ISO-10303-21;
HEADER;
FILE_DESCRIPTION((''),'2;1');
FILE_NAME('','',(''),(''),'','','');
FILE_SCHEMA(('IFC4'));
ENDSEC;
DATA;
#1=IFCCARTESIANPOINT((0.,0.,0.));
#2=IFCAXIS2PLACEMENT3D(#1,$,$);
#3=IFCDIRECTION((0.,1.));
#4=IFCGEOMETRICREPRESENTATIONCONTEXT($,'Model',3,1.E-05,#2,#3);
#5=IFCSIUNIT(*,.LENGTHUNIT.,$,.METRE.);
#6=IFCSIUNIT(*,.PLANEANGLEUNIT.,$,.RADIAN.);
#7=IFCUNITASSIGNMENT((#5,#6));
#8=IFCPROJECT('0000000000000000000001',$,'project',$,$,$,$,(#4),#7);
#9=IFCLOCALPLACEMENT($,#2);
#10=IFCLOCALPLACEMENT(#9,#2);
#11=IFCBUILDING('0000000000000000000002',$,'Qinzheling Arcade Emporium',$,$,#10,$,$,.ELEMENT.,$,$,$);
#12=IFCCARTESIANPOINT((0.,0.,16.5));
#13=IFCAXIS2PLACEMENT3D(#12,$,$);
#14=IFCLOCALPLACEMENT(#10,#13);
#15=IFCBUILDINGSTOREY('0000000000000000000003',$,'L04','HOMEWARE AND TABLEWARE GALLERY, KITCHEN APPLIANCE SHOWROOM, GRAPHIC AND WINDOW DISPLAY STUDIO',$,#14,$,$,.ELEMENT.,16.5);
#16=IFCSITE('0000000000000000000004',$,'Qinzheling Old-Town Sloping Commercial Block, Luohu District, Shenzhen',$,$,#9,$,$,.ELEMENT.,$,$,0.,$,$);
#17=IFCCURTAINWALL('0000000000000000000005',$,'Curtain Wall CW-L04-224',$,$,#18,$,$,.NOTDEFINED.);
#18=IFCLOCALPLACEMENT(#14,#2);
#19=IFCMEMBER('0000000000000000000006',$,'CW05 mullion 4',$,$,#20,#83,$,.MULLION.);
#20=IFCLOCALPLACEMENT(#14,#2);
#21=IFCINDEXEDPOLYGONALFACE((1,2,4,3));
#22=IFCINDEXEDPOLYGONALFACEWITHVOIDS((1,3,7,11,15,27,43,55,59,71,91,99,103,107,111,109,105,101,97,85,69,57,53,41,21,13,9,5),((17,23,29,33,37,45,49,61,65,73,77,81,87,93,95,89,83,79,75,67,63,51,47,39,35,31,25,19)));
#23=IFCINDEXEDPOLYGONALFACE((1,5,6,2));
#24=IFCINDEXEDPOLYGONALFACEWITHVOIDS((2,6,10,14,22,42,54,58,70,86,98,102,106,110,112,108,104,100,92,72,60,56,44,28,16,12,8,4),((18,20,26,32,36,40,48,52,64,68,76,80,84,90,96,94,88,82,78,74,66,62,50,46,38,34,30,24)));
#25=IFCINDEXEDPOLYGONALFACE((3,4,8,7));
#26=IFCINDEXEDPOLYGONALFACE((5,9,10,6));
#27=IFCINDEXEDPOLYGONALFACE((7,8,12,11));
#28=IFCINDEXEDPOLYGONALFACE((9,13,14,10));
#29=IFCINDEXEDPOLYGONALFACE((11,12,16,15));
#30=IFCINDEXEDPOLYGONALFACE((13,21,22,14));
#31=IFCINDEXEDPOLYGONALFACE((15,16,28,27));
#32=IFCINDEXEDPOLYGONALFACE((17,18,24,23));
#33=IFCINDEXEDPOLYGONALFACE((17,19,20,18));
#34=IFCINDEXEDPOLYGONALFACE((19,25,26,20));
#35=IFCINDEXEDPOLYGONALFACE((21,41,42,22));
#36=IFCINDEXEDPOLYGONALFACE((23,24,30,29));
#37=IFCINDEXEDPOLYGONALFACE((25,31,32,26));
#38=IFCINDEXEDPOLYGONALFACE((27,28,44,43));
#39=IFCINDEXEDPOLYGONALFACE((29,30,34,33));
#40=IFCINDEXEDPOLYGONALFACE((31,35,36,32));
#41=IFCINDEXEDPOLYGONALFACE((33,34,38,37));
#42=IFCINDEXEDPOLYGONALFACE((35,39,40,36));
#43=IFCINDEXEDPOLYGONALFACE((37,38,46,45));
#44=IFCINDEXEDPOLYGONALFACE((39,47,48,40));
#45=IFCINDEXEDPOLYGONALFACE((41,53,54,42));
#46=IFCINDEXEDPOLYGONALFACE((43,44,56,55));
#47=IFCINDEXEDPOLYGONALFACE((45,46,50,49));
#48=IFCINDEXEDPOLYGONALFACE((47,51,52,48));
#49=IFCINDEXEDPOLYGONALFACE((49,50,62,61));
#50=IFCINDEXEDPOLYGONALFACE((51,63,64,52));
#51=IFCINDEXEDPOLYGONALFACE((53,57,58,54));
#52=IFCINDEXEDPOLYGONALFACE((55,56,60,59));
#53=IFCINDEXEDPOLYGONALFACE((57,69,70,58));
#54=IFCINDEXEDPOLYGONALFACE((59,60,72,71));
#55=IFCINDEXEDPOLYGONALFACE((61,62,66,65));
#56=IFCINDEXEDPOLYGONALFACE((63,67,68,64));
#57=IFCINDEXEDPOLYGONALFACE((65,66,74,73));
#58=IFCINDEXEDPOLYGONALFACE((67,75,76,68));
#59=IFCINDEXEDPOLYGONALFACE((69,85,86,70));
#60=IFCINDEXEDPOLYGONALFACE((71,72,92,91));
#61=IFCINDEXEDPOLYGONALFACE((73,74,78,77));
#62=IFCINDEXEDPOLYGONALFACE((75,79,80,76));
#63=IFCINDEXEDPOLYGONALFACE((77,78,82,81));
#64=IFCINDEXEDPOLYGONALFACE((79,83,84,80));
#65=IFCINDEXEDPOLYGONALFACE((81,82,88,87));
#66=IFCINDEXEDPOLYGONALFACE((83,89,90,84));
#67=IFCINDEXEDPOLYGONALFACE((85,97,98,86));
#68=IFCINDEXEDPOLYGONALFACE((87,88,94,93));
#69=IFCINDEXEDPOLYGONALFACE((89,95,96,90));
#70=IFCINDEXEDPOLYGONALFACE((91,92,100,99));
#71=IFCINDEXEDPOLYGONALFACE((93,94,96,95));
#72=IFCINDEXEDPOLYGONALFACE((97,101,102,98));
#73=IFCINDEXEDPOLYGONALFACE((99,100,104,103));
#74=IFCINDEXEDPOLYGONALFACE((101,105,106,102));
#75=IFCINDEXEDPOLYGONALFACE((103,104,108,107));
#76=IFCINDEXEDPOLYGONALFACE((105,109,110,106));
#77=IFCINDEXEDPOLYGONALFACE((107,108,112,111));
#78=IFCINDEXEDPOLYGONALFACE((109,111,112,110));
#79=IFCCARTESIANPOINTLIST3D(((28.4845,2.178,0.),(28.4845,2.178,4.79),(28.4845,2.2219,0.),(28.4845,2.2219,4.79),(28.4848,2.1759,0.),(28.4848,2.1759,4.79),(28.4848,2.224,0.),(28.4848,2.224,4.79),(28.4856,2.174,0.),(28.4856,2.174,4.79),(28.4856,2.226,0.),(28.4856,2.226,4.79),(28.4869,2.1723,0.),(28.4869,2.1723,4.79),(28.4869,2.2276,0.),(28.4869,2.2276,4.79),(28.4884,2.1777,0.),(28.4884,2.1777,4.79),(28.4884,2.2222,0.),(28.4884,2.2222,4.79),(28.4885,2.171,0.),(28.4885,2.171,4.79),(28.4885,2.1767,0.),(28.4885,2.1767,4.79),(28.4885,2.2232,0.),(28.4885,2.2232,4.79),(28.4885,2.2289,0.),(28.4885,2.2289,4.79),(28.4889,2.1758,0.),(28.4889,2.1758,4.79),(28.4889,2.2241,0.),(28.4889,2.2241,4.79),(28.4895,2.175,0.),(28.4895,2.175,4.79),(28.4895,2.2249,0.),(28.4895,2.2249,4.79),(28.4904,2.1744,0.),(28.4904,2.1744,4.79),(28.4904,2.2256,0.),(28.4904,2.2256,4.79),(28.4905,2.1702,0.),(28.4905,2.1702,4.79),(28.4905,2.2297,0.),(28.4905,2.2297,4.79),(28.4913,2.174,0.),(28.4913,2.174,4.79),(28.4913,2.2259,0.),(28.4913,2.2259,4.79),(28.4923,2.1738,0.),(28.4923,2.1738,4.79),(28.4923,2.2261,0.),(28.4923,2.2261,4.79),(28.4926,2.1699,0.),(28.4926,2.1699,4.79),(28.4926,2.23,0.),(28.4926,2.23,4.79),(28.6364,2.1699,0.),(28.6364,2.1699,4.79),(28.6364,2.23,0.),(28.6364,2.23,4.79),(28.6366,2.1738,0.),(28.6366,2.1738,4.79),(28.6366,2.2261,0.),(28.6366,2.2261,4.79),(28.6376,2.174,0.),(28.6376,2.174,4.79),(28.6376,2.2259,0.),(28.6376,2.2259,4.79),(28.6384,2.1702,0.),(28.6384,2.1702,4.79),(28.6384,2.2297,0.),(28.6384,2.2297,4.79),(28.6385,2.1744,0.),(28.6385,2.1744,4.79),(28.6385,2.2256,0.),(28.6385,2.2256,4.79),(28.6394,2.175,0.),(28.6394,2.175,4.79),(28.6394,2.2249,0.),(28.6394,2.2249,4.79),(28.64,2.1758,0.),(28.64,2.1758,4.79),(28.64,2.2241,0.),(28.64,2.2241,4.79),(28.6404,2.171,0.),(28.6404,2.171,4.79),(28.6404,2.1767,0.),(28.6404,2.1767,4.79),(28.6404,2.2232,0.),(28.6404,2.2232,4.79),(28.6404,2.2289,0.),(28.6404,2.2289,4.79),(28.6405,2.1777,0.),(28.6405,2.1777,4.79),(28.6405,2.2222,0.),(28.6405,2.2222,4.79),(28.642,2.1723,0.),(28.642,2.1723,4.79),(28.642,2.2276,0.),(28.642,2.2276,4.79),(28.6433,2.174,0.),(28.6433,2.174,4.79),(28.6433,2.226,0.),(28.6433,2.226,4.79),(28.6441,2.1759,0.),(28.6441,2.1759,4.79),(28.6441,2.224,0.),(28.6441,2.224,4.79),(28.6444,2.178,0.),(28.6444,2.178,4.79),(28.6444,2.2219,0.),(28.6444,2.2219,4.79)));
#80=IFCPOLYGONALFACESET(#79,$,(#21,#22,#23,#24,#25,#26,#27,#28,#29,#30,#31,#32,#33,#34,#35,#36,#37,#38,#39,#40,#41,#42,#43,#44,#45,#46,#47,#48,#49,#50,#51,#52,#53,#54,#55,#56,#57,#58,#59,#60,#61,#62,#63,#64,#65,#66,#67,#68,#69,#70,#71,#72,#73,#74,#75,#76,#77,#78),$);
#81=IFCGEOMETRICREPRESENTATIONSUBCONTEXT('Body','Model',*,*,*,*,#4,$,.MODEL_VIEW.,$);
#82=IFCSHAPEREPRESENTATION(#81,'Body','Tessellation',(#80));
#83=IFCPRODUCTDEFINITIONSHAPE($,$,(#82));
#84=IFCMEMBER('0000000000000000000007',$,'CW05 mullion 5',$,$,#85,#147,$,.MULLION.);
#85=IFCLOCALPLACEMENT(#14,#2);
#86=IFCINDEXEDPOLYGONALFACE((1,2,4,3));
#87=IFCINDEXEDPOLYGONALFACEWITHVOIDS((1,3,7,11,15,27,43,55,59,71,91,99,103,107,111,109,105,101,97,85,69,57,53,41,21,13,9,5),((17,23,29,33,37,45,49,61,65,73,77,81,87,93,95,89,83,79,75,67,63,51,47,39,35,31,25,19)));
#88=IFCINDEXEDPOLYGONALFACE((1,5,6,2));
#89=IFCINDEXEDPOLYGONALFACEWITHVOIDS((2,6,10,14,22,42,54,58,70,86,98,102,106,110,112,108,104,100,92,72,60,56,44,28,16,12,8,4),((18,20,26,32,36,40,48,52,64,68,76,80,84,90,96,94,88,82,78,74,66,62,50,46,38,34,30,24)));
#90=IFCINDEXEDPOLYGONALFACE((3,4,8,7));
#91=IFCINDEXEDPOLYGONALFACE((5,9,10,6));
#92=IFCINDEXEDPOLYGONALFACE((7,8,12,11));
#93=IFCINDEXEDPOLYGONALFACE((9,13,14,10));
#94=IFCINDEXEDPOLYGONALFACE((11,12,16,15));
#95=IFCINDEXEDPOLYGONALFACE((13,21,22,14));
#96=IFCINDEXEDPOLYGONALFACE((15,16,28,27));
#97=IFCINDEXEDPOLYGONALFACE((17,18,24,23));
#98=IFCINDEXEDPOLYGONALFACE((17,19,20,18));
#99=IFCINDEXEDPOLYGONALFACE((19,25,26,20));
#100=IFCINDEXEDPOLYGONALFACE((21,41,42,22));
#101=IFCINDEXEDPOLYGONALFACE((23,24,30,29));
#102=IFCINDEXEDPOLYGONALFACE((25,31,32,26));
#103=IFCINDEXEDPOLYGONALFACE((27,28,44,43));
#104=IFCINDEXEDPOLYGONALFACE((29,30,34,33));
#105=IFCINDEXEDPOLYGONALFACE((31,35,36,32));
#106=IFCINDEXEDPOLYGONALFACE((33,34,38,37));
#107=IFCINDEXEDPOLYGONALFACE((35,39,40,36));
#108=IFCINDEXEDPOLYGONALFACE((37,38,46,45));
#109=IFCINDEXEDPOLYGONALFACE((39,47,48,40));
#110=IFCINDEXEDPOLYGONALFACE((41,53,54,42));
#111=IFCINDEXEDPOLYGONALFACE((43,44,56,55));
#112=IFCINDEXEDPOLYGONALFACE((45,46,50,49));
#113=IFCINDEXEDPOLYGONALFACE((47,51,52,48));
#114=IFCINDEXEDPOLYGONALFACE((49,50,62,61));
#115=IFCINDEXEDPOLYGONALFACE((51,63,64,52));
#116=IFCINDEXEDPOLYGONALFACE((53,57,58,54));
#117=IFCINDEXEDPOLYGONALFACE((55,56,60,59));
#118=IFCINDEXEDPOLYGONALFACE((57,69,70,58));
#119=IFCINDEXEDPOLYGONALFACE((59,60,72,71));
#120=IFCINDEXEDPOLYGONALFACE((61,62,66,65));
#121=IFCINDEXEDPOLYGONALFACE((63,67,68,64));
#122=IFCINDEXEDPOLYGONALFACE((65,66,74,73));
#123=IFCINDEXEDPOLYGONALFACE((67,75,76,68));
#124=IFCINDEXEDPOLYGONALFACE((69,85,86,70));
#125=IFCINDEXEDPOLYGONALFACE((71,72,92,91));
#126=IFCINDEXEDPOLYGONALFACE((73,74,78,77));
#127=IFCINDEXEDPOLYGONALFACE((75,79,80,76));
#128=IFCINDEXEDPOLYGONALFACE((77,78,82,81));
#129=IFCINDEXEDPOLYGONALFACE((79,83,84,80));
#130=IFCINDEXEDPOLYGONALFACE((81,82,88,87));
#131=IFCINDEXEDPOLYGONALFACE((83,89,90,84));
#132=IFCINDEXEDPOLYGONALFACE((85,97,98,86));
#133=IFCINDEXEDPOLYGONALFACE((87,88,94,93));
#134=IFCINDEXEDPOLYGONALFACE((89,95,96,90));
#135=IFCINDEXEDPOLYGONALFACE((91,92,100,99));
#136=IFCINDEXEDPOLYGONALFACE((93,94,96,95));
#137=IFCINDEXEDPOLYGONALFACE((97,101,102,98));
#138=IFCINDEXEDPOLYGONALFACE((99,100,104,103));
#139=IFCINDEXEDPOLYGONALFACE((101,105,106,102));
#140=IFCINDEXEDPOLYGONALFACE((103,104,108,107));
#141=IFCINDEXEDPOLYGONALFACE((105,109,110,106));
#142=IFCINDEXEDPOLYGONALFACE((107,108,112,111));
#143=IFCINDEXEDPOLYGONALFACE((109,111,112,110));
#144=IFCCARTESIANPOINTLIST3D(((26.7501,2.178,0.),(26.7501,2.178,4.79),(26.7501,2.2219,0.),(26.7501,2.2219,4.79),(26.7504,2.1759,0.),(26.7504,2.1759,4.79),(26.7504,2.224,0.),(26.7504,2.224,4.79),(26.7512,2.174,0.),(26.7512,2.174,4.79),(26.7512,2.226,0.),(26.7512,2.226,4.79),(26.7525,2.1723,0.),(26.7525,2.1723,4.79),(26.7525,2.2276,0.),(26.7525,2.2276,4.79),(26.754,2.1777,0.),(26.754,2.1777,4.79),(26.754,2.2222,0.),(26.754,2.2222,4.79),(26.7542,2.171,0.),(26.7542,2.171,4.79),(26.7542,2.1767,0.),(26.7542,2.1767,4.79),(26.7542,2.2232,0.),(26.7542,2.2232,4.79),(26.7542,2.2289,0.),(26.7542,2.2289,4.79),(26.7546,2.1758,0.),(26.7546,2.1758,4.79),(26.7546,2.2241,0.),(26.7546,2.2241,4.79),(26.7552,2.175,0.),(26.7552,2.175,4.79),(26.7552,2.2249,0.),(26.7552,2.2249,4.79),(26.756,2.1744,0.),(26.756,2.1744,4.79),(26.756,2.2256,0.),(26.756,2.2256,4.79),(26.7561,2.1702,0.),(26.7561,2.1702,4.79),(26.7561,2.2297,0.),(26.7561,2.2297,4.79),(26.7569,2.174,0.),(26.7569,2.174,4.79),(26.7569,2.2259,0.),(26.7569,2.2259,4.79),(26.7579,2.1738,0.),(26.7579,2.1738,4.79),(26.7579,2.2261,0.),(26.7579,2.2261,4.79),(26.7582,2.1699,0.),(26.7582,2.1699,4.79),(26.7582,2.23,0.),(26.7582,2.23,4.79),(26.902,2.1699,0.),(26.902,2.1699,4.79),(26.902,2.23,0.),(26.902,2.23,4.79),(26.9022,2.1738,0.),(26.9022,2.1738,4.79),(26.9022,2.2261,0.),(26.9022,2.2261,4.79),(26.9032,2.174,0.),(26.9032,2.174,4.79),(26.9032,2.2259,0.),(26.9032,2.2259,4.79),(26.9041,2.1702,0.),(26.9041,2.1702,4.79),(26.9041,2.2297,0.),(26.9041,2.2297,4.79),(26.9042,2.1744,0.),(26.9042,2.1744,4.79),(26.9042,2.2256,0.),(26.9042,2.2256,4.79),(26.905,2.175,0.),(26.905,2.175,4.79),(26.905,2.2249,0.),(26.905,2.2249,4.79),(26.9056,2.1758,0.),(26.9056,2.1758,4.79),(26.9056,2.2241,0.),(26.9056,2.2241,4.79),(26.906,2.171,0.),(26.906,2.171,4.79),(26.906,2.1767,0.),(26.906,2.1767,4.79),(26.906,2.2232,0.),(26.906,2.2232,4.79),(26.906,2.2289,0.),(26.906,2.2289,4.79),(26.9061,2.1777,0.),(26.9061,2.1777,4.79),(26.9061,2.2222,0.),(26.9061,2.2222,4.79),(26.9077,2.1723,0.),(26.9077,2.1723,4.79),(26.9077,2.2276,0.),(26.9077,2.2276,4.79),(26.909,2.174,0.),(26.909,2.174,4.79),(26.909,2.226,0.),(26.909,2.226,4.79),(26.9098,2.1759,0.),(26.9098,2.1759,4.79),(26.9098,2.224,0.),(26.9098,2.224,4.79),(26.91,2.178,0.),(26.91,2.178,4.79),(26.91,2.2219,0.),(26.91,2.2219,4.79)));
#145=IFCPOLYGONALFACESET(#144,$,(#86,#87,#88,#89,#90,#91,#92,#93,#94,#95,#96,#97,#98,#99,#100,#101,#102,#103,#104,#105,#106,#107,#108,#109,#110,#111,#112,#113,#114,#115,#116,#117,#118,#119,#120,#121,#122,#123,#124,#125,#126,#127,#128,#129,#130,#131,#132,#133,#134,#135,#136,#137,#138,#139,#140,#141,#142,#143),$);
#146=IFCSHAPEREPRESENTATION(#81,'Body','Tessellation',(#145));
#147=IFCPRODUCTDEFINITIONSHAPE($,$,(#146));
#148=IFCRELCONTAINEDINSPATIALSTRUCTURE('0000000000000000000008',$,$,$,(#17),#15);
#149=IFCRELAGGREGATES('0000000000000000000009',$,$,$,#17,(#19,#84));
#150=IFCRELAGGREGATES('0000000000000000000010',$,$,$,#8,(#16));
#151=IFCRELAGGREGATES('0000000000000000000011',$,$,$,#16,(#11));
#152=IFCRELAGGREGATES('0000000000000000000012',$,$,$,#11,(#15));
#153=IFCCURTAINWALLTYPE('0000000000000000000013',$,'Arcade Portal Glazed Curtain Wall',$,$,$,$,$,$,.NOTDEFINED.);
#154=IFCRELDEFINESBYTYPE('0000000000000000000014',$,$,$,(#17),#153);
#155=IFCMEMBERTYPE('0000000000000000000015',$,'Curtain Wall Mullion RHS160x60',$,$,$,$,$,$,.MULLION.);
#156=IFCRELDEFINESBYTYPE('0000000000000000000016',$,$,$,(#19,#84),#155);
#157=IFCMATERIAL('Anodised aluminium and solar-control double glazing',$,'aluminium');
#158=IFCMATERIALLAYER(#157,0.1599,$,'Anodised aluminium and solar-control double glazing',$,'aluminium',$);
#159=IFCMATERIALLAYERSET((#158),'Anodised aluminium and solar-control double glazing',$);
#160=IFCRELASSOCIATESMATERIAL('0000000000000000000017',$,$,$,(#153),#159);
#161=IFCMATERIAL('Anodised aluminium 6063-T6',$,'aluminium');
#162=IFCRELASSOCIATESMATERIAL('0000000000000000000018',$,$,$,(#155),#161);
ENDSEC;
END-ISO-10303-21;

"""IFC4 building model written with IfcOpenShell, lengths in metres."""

from ifc_helpers import new_model, si_unit, direction, frame, origin, origin_2d, place, context, subcontext, project, spatial, hollow_rectangle, extrude, material, layer, layer_set, material_profile, profile_set, type_object, element, aggregate, save


model = new_model("IFC4")

# Units and contexts
model_context = context("Model", 3, precision=1e-05, world=origin(), true_north=direction((0.0, 1.0)))
body_context = subcontext(model_context, "Body", "Model", "MODEL_VIEW")
ifc_project = project(units=[si_unit("LENGTHUNIT", "METRE"), si_unit("PLANEANGLEUNIT", "RADIAN")], contexts=[model_context])

# Site, building, storey
site_placement = place(None, origin())
site = spatial("IfcSite", under=ifc_project, at=site_placement, Name="Qinzheling Old-Town Sloping Commercial Block, Luohu District, Shenzhen", CompositionType="ELEMENT", RefElevation=0.0)
building_placement = place(site_placement, origin())
building = spatial("IfcBuilding", under=site, at=building_placement, Name="Qinzheling Arcade Emporium", CompositionType="ELEMENT")
storey_placement = place(building_placement, frame((0.0, 0.0, 16.5)))
storey = spatial("IfcBuildingStorey", under=building, at=storey_placement, Name="L04", Description="HOMEWARE AND TABLEWARE GALLERY, KITCHEN APPLIANCE SHOWROOM, GRAPHIC AND WINDOW DISPLAY STUDIO", CompositionType="ELEMENT", Elevation=16.5)

# Shared definitions
ifc_material_1 = material(Name="Anodised aluminium and solar-control double glazing", Category="aluminium")
ifc_layer_1 = layer(ifc_material_1, 0.1599, Name="Anodised aluminium and solar-control double glazing", Category="aluminium")
ifc_layer_set_1 = layer_set([ifc_layer_1], Name="Anodised aluminium and solar-control double glazing")
curtain_wall_type = type_object("IfcCurtainWallType", Name="Arcade Portal Glazed Curtain Wall", PredefinedType="NOTDEFINED", material=ifc_layer_set_1)
ifc_material_2 = material(Name="Anodised aluminium 6063-T6", Category="aluminium")
ifc_material_profile_1 = material_profile(ifc_material_2, hollow_rectangle(XDim=0.0601, YDim=0.1599, WallThickness=0.0039, InnerFilletRadius=0.0039, OuterFilletRadius=0.0081, at=origin_2d()), Name="RHS 160x60x4", Category="aluminium")
ifc_profile_set_1 = profile_set([ifc_material_profile_1], Name="Anodised aluminium 6063-T6")
member_type_1 = type_object("IfcMemberType", Name="Curtain Wall Mullion RHS160x60", PredefinedType="MULLION", material=ifc_profile_set_1)

# Curtain wall, members
curtain_wall_1_placement = place(storey_placement, origin())
curtain_wall_1 = element("IfcCurtainWall", 1, at=curtain_wall_1_placement, inside=storey, type_object=curtain_wall_type, Name="Curtain Wall CW-L04-224", PredefinedType="NOTDEFINED")
member_1_placement = place(storey_placement, frame((28.5645, 2.2, 0.0), z_axis=(0.0, 0.0, 1.0), x_axis=(0.0, -1.0, 0.0)))
member_1 = element("IfcMember", 2, at=member_1_placement, type_object=member_type_1, Name="CW05 mullion 4", PredefinedType="MULLION", context=body_context, shape_type="SweptSolid", body=[
    extrude(hollow_rectangle(XDim=0.0601, YDim=0.1599, WallThickness=0.0039, InnerFilletRadius=0.0039, OuterFilletRadius=0.0081, at=origin_2d()), origin(), (0.0, 0.0, 1.0), 4.79),
])
member_2_placement = place(storey_placement, frame((26.8301, 2.2, 0.0), z_axis=(0.0, 0.0, 1.0), x_axis=(0.0, -1.0, 0.0)))
member_2 = element("IfcMember", 3, at=member_2_placement, type_object=member_type_1, Name="CW05 mullion 5", PredefinedType="MULLION", context=body_context, shape_type="SweptSolid", body=[
    extrude(hollow_rectangle(XDim=0.0601, YDim=0.1599, WallThickness=0.0039, InnerFilletRadius=0.0039, OuterFilletRadius=0.0081, at=origin_2d()), origin(), (0.0, 0.0, 1.0), 4.79),
])

aggregate(curtain_wall_1, [member_1, member_2])

save(model, "model.ifc")
